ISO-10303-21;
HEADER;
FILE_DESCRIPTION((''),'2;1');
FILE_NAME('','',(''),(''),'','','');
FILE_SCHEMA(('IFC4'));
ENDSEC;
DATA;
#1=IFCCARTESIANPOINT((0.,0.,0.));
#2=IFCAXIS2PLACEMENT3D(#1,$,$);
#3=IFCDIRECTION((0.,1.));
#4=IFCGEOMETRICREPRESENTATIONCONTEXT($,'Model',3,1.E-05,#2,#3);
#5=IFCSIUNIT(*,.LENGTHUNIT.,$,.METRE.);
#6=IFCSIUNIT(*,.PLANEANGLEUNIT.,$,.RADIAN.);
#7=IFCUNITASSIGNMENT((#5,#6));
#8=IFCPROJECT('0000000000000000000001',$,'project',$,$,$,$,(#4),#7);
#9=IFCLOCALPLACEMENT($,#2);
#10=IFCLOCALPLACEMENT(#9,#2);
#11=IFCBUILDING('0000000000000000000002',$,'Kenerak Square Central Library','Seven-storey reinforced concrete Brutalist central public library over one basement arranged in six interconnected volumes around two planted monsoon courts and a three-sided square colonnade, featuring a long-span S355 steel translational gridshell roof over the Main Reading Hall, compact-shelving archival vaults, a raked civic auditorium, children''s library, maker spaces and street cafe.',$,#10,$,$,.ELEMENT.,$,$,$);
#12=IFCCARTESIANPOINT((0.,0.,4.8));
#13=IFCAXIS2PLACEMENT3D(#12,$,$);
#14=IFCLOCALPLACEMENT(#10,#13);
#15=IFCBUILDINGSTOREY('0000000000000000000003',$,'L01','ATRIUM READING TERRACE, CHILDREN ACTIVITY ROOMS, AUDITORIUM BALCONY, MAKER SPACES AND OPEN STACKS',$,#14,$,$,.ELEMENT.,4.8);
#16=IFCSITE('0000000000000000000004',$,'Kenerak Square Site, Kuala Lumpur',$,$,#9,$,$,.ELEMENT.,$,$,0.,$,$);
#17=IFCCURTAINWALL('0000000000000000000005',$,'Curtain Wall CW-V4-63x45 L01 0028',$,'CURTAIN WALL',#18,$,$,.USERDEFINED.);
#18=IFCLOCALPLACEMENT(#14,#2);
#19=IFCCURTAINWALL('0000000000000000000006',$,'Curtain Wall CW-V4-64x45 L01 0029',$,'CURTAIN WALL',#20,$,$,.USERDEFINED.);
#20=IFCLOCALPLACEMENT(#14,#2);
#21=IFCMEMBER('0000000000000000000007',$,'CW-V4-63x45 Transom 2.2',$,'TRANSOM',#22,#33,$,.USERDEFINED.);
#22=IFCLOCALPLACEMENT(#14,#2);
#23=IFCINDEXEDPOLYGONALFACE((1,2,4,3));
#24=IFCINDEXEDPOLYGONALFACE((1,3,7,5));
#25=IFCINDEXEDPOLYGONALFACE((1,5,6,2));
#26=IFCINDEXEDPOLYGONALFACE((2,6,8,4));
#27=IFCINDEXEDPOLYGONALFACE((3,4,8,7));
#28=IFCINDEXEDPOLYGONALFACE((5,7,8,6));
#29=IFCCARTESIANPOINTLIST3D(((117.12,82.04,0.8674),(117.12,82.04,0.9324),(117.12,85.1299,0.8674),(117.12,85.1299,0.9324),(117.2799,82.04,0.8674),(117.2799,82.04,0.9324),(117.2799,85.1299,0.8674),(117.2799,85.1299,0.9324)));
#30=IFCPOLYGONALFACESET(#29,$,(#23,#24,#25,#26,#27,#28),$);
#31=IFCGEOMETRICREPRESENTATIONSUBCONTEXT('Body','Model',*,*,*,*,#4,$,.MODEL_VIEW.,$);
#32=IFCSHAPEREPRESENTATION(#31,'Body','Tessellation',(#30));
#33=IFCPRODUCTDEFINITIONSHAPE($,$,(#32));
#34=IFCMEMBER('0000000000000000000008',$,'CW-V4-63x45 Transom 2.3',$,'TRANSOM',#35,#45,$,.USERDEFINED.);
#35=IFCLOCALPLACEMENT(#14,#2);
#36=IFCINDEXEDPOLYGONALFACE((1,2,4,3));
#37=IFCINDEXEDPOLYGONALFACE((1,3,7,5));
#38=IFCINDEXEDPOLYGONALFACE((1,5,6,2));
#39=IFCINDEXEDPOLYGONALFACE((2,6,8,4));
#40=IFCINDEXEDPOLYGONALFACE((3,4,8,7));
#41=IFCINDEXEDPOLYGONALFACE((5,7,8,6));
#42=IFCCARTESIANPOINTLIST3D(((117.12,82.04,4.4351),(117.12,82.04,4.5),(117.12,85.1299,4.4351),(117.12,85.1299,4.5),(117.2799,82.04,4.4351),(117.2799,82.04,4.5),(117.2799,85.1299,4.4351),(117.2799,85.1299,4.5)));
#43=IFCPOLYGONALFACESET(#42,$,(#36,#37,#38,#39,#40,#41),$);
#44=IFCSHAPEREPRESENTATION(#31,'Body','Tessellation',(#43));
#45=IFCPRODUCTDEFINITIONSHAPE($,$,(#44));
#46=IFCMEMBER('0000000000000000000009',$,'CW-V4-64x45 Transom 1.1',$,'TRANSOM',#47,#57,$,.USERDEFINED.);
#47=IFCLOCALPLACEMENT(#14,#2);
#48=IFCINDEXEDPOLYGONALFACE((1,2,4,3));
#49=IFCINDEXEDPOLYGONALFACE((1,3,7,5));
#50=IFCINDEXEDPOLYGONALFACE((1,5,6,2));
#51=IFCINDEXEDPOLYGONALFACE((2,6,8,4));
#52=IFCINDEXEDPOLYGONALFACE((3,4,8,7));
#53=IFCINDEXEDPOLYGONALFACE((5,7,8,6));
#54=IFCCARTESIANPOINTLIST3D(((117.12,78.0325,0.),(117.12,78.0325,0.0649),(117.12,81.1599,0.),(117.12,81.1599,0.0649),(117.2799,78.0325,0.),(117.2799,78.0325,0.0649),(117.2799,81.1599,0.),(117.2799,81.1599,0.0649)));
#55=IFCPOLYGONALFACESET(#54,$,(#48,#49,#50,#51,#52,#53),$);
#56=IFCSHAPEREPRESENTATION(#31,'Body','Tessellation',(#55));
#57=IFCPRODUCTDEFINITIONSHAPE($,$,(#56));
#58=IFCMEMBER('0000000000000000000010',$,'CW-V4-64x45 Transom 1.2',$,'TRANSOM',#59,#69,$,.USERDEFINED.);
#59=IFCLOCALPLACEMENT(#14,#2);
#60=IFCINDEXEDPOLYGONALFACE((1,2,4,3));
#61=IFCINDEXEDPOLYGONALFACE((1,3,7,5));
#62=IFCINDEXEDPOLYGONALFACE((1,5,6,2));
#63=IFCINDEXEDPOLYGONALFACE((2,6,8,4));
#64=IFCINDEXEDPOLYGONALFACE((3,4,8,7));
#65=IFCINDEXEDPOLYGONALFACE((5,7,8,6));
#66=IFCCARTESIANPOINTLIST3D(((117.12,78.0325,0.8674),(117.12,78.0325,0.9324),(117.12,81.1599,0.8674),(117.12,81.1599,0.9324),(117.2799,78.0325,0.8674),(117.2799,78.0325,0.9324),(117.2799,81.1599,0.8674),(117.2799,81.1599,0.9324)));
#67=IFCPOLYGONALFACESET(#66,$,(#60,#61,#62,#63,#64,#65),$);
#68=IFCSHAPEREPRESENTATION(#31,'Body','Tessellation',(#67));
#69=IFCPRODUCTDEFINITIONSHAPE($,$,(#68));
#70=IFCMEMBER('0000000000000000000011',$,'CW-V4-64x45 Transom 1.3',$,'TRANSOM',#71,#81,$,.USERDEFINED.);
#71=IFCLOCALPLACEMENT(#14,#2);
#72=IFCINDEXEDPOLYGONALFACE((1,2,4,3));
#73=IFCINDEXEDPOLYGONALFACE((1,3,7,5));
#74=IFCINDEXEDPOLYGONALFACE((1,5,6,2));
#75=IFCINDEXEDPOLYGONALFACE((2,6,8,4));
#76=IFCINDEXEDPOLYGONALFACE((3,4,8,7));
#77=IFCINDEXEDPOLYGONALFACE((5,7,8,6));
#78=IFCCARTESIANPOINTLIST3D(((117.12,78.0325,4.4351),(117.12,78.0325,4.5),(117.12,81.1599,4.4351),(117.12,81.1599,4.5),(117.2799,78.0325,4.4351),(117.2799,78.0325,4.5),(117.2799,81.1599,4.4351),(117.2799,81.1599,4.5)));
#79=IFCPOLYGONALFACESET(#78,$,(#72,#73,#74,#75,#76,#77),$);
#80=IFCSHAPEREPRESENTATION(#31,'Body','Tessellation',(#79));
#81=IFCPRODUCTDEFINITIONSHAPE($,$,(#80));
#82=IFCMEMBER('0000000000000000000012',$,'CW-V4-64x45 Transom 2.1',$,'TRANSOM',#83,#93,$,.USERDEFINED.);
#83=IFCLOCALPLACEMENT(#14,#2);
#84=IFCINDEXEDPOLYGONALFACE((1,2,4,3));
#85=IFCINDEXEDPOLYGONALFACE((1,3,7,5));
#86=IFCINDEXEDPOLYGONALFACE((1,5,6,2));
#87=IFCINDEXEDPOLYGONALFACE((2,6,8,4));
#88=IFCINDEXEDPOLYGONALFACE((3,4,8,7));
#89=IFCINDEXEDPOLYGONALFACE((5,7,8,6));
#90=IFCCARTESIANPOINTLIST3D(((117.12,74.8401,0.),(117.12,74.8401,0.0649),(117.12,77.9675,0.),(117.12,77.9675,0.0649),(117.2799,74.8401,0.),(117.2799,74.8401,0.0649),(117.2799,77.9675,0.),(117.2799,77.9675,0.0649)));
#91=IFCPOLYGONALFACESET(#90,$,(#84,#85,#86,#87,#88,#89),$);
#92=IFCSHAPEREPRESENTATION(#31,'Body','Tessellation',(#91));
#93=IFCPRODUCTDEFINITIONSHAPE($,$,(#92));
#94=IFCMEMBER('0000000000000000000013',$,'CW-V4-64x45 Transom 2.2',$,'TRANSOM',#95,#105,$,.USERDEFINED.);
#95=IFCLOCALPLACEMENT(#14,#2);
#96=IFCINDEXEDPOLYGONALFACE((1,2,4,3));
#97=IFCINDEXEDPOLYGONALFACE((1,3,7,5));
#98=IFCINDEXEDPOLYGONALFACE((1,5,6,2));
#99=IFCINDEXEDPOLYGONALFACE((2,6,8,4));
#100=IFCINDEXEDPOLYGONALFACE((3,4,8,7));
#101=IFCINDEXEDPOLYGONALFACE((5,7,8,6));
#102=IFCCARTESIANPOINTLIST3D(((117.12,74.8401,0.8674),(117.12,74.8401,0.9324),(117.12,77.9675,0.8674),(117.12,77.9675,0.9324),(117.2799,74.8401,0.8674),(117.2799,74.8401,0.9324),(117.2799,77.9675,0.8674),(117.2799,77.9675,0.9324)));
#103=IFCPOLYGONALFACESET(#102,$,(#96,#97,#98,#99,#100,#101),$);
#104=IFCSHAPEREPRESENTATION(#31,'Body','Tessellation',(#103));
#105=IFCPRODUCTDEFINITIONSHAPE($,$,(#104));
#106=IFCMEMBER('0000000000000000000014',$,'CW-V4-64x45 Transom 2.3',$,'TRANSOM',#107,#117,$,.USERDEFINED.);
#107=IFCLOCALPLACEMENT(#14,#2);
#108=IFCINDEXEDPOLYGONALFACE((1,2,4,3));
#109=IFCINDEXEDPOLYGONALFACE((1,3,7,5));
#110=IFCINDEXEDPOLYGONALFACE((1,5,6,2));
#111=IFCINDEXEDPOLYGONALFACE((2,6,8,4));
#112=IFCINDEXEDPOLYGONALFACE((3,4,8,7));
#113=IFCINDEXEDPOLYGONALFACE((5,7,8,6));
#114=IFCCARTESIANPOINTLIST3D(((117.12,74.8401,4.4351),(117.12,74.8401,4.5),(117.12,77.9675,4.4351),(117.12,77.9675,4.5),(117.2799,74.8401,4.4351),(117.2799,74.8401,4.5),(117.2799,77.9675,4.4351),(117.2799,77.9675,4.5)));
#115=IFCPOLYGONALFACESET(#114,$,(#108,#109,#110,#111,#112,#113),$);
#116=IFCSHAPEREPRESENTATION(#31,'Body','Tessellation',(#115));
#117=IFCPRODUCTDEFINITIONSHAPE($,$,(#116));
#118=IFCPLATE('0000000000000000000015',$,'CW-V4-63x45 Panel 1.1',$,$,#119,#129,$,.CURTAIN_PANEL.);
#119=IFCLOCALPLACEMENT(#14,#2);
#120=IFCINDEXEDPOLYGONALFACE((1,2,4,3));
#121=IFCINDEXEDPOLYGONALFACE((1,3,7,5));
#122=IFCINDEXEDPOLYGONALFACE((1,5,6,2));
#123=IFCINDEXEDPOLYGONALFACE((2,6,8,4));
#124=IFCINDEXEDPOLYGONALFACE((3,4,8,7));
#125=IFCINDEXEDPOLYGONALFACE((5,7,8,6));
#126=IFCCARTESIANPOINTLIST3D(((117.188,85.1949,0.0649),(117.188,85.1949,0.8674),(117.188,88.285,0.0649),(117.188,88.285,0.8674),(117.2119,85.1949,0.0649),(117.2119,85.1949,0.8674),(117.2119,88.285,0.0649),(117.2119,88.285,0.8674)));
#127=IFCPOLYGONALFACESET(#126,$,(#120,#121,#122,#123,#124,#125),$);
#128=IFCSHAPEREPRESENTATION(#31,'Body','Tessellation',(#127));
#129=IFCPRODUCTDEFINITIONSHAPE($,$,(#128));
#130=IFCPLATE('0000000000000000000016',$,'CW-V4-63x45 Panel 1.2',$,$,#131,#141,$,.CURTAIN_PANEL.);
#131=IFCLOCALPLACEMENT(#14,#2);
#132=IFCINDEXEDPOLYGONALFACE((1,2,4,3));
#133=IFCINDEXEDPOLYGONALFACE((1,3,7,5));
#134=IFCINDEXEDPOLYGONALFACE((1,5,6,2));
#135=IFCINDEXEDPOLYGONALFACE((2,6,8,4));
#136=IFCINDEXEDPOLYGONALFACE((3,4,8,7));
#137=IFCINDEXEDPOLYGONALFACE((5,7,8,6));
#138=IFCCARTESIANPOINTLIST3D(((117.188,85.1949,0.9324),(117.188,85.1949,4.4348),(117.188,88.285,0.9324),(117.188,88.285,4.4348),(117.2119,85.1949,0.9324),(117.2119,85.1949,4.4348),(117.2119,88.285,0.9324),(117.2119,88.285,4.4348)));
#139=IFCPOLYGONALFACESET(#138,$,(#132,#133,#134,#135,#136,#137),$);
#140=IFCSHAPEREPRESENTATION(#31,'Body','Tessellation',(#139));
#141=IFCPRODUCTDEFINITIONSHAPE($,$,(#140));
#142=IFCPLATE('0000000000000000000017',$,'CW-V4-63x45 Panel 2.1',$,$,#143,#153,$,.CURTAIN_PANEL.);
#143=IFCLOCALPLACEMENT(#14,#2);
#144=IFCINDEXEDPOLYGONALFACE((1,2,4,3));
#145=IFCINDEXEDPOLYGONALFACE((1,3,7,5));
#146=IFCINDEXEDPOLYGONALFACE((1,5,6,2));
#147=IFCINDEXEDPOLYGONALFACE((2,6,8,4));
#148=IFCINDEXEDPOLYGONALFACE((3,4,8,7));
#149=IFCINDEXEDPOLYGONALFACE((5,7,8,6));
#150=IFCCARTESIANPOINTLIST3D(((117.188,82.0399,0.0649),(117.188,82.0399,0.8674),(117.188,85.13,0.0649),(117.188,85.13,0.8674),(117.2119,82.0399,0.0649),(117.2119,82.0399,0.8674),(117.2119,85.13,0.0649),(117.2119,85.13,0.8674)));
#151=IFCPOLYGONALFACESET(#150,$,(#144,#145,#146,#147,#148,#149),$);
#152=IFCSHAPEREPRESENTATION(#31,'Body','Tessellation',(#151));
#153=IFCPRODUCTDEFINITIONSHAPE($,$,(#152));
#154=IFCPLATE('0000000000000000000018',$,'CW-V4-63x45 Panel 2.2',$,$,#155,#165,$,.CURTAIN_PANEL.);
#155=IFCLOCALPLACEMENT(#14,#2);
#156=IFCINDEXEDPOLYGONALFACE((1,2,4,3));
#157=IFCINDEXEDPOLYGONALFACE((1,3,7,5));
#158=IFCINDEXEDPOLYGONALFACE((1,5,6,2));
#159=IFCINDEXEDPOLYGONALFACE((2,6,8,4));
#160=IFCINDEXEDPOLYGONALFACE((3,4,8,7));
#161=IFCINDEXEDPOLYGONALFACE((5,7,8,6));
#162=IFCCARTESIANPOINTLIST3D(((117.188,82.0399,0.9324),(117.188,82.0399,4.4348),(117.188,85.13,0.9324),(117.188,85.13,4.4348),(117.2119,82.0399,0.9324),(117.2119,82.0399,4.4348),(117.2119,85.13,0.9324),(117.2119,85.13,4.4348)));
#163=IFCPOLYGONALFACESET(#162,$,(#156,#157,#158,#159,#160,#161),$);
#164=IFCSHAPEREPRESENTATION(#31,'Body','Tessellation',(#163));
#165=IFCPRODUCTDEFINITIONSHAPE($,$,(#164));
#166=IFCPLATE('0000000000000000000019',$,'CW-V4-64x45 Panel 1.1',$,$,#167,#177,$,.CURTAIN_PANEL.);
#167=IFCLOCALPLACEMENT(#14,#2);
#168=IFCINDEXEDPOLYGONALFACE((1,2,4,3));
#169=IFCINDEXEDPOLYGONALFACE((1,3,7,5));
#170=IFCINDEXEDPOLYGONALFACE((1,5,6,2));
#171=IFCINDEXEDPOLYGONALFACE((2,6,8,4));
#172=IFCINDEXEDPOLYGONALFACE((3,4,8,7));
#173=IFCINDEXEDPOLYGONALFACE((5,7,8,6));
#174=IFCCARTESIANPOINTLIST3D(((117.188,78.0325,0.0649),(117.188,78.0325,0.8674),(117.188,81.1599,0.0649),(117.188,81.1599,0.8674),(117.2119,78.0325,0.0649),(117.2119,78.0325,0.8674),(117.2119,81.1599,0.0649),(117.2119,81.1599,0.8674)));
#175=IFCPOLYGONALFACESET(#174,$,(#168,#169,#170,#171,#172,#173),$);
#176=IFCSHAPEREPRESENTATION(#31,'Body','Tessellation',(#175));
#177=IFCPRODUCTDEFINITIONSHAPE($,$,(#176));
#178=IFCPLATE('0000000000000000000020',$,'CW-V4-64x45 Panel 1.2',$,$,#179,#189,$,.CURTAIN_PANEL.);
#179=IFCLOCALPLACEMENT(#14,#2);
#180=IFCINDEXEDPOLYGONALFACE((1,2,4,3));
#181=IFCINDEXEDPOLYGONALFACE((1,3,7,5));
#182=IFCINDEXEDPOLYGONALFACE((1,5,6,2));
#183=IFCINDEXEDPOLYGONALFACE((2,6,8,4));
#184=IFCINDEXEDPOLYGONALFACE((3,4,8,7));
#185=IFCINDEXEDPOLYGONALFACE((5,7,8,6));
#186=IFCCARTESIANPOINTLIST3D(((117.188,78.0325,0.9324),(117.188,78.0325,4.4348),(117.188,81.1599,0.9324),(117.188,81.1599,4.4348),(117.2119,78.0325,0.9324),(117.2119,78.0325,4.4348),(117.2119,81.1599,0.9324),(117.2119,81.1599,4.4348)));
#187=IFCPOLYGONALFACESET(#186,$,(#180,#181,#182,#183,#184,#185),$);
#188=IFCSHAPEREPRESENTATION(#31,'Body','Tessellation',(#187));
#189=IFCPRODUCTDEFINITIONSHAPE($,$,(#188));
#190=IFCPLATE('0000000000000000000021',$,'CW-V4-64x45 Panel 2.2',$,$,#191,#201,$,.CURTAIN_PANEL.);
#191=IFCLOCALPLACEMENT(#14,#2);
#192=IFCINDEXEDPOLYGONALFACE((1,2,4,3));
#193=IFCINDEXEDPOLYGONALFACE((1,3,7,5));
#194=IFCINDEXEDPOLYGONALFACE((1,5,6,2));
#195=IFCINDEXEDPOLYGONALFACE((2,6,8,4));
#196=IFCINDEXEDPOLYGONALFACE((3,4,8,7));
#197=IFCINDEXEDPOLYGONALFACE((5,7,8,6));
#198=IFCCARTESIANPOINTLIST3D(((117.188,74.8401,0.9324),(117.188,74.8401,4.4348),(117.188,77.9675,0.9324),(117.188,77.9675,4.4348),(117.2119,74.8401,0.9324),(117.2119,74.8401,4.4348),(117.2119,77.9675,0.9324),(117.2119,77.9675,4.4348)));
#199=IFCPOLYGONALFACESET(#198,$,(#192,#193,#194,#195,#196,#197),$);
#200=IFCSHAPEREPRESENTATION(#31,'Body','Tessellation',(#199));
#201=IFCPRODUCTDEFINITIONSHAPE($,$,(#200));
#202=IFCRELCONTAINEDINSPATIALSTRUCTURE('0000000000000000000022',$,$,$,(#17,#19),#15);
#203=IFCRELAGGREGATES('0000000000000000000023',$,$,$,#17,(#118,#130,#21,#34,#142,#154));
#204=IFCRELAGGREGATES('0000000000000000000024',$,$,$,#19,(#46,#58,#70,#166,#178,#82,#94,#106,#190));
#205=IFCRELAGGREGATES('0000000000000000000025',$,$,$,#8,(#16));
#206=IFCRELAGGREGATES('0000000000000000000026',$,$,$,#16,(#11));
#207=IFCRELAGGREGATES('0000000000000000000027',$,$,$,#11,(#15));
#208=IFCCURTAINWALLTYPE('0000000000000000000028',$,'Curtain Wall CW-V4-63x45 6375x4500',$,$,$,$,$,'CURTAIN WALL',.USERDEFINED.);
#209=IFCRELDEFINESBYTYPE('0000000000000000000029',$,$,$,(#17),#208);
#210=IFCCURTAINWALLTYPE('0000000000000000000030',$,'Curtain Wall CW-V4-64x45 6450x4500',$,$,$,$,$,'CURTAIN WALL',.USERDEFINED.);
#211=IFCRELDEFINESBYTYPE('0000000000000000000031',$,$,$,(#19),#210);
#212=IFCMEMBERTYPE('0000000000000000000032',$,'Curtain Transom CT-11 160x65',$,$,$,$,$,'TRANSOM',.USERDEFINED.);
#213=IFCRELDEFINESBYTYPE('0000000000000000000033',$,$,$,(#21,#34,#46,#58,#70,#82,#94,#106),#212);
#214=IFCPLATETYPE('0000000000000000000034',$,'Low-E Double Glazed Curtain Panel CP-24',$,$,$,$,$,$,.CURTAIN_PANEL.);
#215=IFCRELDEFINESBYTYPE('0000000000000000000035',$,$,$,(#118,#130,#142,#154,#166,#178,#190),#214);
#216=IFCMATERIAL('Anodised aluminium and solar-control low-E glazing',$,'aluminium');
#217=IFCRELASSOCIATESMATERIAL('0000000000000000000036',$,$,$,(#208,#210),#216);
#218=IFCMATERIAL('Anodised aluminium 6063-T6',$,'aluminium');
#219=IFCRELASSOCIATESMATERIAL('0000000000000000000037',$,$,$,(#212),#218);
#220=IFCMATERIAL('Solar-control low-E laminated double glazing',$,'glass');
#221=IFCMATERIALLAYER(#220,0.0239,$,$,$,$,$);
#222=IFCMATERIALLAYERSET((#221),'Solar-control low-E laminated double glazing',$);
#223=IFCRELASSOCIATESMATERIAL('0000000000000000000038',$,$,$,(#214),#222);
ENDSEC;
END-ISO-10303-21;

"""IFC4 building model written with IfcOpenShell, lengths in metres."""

from ifc_helpers import new_model, si_unit, direction, frame, origin, origin_2d, place, context, subcontext, project, spatial, rectangle, extrude, material, layer, layer_set, material_profile, profile_set, type_object, element, aggregate, save


model = new_model("IFC4")

# Units and contexts
model_context = context("Model", 3, precision=1e-05, world=origin(), true_north=direction((0.0, 1.0)))
body_context = subcontext(model_context, "Body", "Model", "MODEL_VIEW")
ifc_project = project(units=[si_unit("LENGTHUNIT", "METRE"), si_unit("PLANEANGLEUNIT", "RADIAN")], contexts=[model_context])

# Site, building, storey
site_placement = place(None, origin())
site = spatial("IfcSite", under=ifc_project, at=site_placement, Name="Kenerak Square Site, Kuala Lumpur", CompositionType="ELEMENT", RefElevation=0.0)
building_placement = place(site_placement, origin())
building = spatial("IfcBuilding", under=site, at=building_placement, Name="Kenerak Square Central Library", Description="Seven-storey reinforced concrete Brutalist central public library over one basement arranged in six interconnected volumes around two planted monsoon courts and a three-sided square colonnade, featuring a long-span S355 steel translational gridshell roof over the Main Reading Hall, compact-shelving archival vaults, a raked civic auditorium, children's library, maker spaces and street cafe.", CompositionType="ELEMENT")
storey_placement = place(building_placement, frame((0.0, 0.0, 4.8)))
storey = spatial("IfcBuildingStorey", under=building, at=storey_placement, Name="L01", Description="ATRIUM READING TERRACE, CHILDREN ACTIVITY ROOMS, AUDITORIUM BALCONY, MAKER SPACES AND OPEN STACKS", CompositionType="ELEMENT", Elevation=4.8)

# Curtain walls
ifc_material_1 = material(Name="Anodised aluminium and solar-control low-E glazing", Category="aluminium")
curtain_wall_type_1 = type_object("IfcCurtainWallType", Name="Curtain Wall CW-V4-63x45 6375x4500", ElementType="CURTAIN WALL", PredefinedType="USERDEFINED", material=ifc_material_1)
curtain_wall_1_placement = place(storey_placement, origin())
curtain_wall_1 = element("IfcCurtainWall", 1, at=curtain_wall_1_placement, inside=storey, type_object=curtain_wall_type_1, Name="Curtain Wall CW-V4-63x45 L01 0028", ObjectType="CURTAIN WALL", PredefinedType="USERDEFINED")
ifc_material_2 = material(Name="Anodised aluminium 6063-T6", Category="aluminium")
curtain_wall_type_2 = type_object("IfcCurtainWallType", Name="Curtain Wall CW-V4-64x45 6450x4500", ElementType="CURTAIN WALL", PredefinedType="USERDEFINED", material=ifc_material_1)
curtain_wall_2_placement = place(storey_placement, origin())
curtain_wall_2 = element("IfcCurtainWall", 2, at=curtain_wall_2_placement, inside=storey, type_object=curtain_wall_type_2, Name="Curtain Wall CW-V4-64x45 L01 0029", ObjectType="CURTAIN WALL", PredefinedType="USERDEFINED")

# Members
ifc_material_profile_1 = material_profile(ifc_material_2, rectangle(XDim=0.1599, YDim=0.0649, at=origin_2d()), Name="AL TRANSOM 160x65")
ifc_profile_set_1 = profile_set([ifc_material_profile_1], Name="Anodised aluminium 6063-T6")
member_type_1 = type_object("IfcMemberType", Name="Curtain Transom CT-11 160x65", ElementType="TRANSOM", PredefinedType="USERDEFINED", material=ifc_profile_set_1)
member_1_placement = place(storey_placement, frame((117.2, 85.1299, 0.8999), z_axis=(0.0, -1.0, 0.0), x_axis=(1.0, 0.0, 0.0)))
member_1 = element("IfcMember", 3, at=member_1_placement, type_object=member_type_1, Name="CW-V4-63x45 Transom 2.2", ObjectType="TRANSOM", PredefinedType="USERDEFINED", context=body_context, shape_type="SweptSolid", body=[
    extrude(rectangle(XDim=0.1599, YDim=0.0649, at=origin_2d()), origin(), (0.0, 0.0, 1.0), 3.0898),
])
member_2_placement = place(storey_placement, frame((117.2, 85.1299, 4.4675), z_axis=(0.0, -1.0, 0.0), x_axis=(1.0, 0.0, 0.0)))
member_2 = element("IfcMember", 4, at=member_2_placement, type_object=member_type_1, Name="CW-V4-63x45 Transom 2.3", ObjectType="TRANSOM", PredefinedType="USERDEFINED", context=body_context, shape_type="SweptSolid", body=[
    extrude(rectangle(XDim=0.1599, YDim=0.0649, at=origin_2d()), origin(), (0.0, 0.0, 1.0), 3.0898),
])
member_3_placement = place(storey_placement, frame((117.2, 81.1599, 0.0325), z_axis=(0.0, -1.0, 0.0), x_axis=(1.0, 0.0, 0.0)))
member_3 = element("IfcMember", 5, at=member_3_placement, type_object=member_type_1, Name="CW-V4-64x45 Transom 1.1", ObjectType="TRANSOM", PredefinedType="USERDEFINED", context=body_context, shape_type="SweptSolid", body=[
    extrude(rectangle(XDim=0.1599, YDim=0.0649, at=origin_2d()), origin(), (0.0, 0.0, 1.0), 3.1274),
])
member_4_placement = place(storey_placement, frame((117.2, 81.1599, 0.8999), z_axis=(0.0, -1.0, 0.0), x_axis=(1.0, 0.0, 0.0)))
member_4 = element("IfcMember", 6, at=member_4_placement, type_object=member_type_1, Name="CW-V4-64x45 Transom 1.2", ObjectType="TRANSOM", PredefinedType="USERDEFINED", context=body_context, shape_type="SweptSolid", body=[
    extrude(rectangle(XDim=0.1599, YDim=0.0649, at=origin_2d()), origin(), (0.0, 0.0, 1.0), 3.1274),
])
member_5_placement = place(storey_placement, frame((117.2, 81.1599, 4.4675), z_axis=(0.0, -1.0, 0.0), x_axis=(1.0, 0.0, 0.0)))
member_5 = element("IfcMember", 7, at=member_5_placement, type_object=member_type_1, Name="CW-V4-64x45 Transom 1.3", ObjectType="TRANSOM", PredefinedType="USERDEFINED", context=body_context, shape_type="SweptSolid", body=[
    extrude(rectangle(XDim=0.1599, YDim=0.0649, at=origin_2d()), origin(), (0.0, 0.0, 1.0), 3.1274),
])
member_6_placement = place(storey_placement, frame((117.2, 77.9675, 0.0325), z_axis=(0.0, -1.0, 0.0), x_axis=(1.0, 0.0, 0.0)))
member_6 = element("IfcMember", 8, at=member_6_placement, type_object=member_type_1, Name="CW-V4-64x45 Transom 2.1", ObjectType="TRANSOM", PredefinedType="USERDEFINED", context=body_context, shape_type="SweptSolid", body=[
    extrude(rectangle(XDim=0.1599, YDim=0.0649, at=origin_2d()), origin(), (0.0, 0.0, 1.0), 3.1274),
])
member_7_placement = place(storey_placement, frame((117.2, 77.9675, 0.8999), z_axis=(0.0, -1.0, 0.0), x_axis=(1.0, 0.0, 0.0)))
member_7 = element("IfcMember", 9, at=member_7_placement, type_object=member_type_1, Name="CW-V4-64x45 Transom 2.2", ObjectType="TRANSOM", PredefinedType="USERDEFINED", context=body_context, shape_type="SweptSolid", body=[
    extrude(rectangle(XDim=0.1599, YDim=0.0649, at=origin_2d()), origin(), (0.0, 0.0, 1.0), 3.1274),
])
member_8_placement = place(storey_placement, frame((117.2, 77.9675, 4.4675), z_axis=(0.0, -1.0, 0.0), x_axis=(1.0, 0.0, 0.0)))
member_8 = element("IfcMember", 10, at=member_8_placement, type_object=member_type_1, Name="CW-V4-64x45 Transom 2.3", ObjectType="TRANSOM", PredefinedType="USERDEFINED", context=body_context, shape_type="SweptSolid", body=[
    extrude(rectangle(XDim=0.1599, YDim=0.0649, at=origin_2d()), origin(), (0.0, 0.0, 1.0), 3.1274),
])

# Plates
ifc_material_3 = material(Name="Solar-control low-E laminated double glazing", Category="glass")
ifc_layer_1 = layer(ifc_material_3, 0.0239)
ifc_layer_set_1 = layer_set([ifc_layer_1], Name="Solar-control low-E laminated double glazing")
plate_type = type_object("IfcPlateType", Name="Low-E Double Glazed Curtain Panel CP-24", PredefinedType="CURTAIN_PANEL", material=ifc_layer_set_1)
plate_1_placement = place(storey_placement, frame((117.2, 86.74, 0.0649), z_axis=(0.0, 0.0, 1.0), x_axis=(0.0, -1.0, 0.0)))
plate_1 = element("IfcPlate", 11, at=plate_1_placement, type_object=plate_type, Name="CW-V4-63x45 Panel 1.1", PredefinedType="CURTAIN_PANEL", context=body_context, shape_type="SweptSolid", body=[
    extrude(rectangle(XDim=3.0901, YDim=0.0239, at=origin_2d()), origin(), (0.0, 0.0, 1.0), 0.8025),
])
plate_2_placement = place(storey_placement, frame((117.2, 86.74, 0.9324), z_axis=(0.0, 0.0, 1.0), x_axis=(0.0, -1.0, 0.0)))
plate_2 = element("IfcPlate", 12, at=plate_2_placement, type_object=plate_type, Name="CW-V4-63x45 Panel 1.2", PredefinedType="CURTAIN_PANEL", context=body_context, shape_type="SweptSolid", body=[
    extrude(rectangle(XDim=3.0901, YDim=0.0239, at=origin_2d()), origin(), (0.0, 0.0, 1.0), 3.5024),
])
plate_3_placement = place(storey_placement, frame((117.2, 83.585, 0.0649), z_axis=(0.0, 0.0, 1.0), x_axis=(0.0, -1.0, 0.0)))
plate_3 = element("IfcPlate", 13, at=plate_3_placement, type_object=plate_type, Name="CW-V4-63x45 Panel 2.1", PredefinedType="CURTAIN_PANEL", context=body_context, shape_type="SweptSolid", body=[
    extrude(rectangle(XDim=3.0901, YDim=0.0239, at=origin_2d()), origin(), (0.0, 0.0, 1.0), 0.8025),
])
plate_4_placement = place(storey_placement, frame((117.2, 83.585, 0.9324), z_axis=(0.0, 0.0, 1.0), x_axis=(0.0, -1.0, 0.0)))
plate_4 = element("IfcPlate", 14, at=plate_4_placement, type_object=plate_type, Name="CW-V4-63x45 Panel 2.2", PredefinedType="CURTAIN_PANEL", context=body_context, shape_type="SweptSolid", body=[
    extrude(rectangle(XDim=3.0901, YDim=0.0239, at=origin_2d()), origin(), (0.0, 0.0, 1.0), 3.5024),
])
aggregate(curtain_wall_1, [plate_1, plate_2, member_1, member_2, plate_3, plate_4])
plate_5_placement = place(storey_placement, frame((117.2, 79.5962, 0.0649), z_axis=(0.0, 0.0, 1.0), x_axis=(0.0, -1.0, 0.0)))
plate_5 = element("IfcPlate", 15, at=plate_5_placement, type_object=plate_type, Name="CW-V4-64x45 Panel 1.1", PredefinedType="CURTAIN_PANEL", context=body_context, shape_type="SweptSolid", body=[
    extrude(rectangle(XDim=3.1274, YDim=0.0239, at=origin_2d()), origin(), (0.0, 0.0, 1.0), 0.8025),
])
plate_6_placement = place(storey_placement, frame((117.2, 79.5962, 0.9324), z_axis=(0.0, 0.0, 1.0), x_axis=(0.0, -1.0, 0.0)))
plate_6 = element("IfcPlate", 16, at=plate_6_placement, type_object=plate_type, Name="CW-V4-64x45 Panel 1.2", PredefinedType="CURTAIN_PANEL", context=body_context, shape_type="SweptSolid", body=[
    extrude(rectangle(XDim=3.1274, YDim=0.0239, at=origin_2d()), origin(), (0.0, 0.0, 1.0), 3.5024),
])
plate_7_placement = place(storey_placement, frame((117.2, 76.4038, 0.9324), z_axis=(0.0, 0.0, 1.0), x_axis=(0.0, -1.0, 0.0)))
plate_7 = element("IfcPlate", 17, at=plate_7_placement, type_object=plate_type, Name="CW-V4-64x45 Panel 2.2", PredefinedType="CURTAIN_PANEL", context=body_context, shape_type="SweptSolid", body=[
    extrude(rectangle(XDim=3.1274, YDim=0.0239, at=origin_2d()), origin(), (0.0, 0.0, 1.0), 3.5024),
])
aggregate(curtain_wall_2, [member_3, member_4, member_5, plate_5, plate_6, member_6, member_7, member_8, plate_7])

save(model, "model.ifc")
